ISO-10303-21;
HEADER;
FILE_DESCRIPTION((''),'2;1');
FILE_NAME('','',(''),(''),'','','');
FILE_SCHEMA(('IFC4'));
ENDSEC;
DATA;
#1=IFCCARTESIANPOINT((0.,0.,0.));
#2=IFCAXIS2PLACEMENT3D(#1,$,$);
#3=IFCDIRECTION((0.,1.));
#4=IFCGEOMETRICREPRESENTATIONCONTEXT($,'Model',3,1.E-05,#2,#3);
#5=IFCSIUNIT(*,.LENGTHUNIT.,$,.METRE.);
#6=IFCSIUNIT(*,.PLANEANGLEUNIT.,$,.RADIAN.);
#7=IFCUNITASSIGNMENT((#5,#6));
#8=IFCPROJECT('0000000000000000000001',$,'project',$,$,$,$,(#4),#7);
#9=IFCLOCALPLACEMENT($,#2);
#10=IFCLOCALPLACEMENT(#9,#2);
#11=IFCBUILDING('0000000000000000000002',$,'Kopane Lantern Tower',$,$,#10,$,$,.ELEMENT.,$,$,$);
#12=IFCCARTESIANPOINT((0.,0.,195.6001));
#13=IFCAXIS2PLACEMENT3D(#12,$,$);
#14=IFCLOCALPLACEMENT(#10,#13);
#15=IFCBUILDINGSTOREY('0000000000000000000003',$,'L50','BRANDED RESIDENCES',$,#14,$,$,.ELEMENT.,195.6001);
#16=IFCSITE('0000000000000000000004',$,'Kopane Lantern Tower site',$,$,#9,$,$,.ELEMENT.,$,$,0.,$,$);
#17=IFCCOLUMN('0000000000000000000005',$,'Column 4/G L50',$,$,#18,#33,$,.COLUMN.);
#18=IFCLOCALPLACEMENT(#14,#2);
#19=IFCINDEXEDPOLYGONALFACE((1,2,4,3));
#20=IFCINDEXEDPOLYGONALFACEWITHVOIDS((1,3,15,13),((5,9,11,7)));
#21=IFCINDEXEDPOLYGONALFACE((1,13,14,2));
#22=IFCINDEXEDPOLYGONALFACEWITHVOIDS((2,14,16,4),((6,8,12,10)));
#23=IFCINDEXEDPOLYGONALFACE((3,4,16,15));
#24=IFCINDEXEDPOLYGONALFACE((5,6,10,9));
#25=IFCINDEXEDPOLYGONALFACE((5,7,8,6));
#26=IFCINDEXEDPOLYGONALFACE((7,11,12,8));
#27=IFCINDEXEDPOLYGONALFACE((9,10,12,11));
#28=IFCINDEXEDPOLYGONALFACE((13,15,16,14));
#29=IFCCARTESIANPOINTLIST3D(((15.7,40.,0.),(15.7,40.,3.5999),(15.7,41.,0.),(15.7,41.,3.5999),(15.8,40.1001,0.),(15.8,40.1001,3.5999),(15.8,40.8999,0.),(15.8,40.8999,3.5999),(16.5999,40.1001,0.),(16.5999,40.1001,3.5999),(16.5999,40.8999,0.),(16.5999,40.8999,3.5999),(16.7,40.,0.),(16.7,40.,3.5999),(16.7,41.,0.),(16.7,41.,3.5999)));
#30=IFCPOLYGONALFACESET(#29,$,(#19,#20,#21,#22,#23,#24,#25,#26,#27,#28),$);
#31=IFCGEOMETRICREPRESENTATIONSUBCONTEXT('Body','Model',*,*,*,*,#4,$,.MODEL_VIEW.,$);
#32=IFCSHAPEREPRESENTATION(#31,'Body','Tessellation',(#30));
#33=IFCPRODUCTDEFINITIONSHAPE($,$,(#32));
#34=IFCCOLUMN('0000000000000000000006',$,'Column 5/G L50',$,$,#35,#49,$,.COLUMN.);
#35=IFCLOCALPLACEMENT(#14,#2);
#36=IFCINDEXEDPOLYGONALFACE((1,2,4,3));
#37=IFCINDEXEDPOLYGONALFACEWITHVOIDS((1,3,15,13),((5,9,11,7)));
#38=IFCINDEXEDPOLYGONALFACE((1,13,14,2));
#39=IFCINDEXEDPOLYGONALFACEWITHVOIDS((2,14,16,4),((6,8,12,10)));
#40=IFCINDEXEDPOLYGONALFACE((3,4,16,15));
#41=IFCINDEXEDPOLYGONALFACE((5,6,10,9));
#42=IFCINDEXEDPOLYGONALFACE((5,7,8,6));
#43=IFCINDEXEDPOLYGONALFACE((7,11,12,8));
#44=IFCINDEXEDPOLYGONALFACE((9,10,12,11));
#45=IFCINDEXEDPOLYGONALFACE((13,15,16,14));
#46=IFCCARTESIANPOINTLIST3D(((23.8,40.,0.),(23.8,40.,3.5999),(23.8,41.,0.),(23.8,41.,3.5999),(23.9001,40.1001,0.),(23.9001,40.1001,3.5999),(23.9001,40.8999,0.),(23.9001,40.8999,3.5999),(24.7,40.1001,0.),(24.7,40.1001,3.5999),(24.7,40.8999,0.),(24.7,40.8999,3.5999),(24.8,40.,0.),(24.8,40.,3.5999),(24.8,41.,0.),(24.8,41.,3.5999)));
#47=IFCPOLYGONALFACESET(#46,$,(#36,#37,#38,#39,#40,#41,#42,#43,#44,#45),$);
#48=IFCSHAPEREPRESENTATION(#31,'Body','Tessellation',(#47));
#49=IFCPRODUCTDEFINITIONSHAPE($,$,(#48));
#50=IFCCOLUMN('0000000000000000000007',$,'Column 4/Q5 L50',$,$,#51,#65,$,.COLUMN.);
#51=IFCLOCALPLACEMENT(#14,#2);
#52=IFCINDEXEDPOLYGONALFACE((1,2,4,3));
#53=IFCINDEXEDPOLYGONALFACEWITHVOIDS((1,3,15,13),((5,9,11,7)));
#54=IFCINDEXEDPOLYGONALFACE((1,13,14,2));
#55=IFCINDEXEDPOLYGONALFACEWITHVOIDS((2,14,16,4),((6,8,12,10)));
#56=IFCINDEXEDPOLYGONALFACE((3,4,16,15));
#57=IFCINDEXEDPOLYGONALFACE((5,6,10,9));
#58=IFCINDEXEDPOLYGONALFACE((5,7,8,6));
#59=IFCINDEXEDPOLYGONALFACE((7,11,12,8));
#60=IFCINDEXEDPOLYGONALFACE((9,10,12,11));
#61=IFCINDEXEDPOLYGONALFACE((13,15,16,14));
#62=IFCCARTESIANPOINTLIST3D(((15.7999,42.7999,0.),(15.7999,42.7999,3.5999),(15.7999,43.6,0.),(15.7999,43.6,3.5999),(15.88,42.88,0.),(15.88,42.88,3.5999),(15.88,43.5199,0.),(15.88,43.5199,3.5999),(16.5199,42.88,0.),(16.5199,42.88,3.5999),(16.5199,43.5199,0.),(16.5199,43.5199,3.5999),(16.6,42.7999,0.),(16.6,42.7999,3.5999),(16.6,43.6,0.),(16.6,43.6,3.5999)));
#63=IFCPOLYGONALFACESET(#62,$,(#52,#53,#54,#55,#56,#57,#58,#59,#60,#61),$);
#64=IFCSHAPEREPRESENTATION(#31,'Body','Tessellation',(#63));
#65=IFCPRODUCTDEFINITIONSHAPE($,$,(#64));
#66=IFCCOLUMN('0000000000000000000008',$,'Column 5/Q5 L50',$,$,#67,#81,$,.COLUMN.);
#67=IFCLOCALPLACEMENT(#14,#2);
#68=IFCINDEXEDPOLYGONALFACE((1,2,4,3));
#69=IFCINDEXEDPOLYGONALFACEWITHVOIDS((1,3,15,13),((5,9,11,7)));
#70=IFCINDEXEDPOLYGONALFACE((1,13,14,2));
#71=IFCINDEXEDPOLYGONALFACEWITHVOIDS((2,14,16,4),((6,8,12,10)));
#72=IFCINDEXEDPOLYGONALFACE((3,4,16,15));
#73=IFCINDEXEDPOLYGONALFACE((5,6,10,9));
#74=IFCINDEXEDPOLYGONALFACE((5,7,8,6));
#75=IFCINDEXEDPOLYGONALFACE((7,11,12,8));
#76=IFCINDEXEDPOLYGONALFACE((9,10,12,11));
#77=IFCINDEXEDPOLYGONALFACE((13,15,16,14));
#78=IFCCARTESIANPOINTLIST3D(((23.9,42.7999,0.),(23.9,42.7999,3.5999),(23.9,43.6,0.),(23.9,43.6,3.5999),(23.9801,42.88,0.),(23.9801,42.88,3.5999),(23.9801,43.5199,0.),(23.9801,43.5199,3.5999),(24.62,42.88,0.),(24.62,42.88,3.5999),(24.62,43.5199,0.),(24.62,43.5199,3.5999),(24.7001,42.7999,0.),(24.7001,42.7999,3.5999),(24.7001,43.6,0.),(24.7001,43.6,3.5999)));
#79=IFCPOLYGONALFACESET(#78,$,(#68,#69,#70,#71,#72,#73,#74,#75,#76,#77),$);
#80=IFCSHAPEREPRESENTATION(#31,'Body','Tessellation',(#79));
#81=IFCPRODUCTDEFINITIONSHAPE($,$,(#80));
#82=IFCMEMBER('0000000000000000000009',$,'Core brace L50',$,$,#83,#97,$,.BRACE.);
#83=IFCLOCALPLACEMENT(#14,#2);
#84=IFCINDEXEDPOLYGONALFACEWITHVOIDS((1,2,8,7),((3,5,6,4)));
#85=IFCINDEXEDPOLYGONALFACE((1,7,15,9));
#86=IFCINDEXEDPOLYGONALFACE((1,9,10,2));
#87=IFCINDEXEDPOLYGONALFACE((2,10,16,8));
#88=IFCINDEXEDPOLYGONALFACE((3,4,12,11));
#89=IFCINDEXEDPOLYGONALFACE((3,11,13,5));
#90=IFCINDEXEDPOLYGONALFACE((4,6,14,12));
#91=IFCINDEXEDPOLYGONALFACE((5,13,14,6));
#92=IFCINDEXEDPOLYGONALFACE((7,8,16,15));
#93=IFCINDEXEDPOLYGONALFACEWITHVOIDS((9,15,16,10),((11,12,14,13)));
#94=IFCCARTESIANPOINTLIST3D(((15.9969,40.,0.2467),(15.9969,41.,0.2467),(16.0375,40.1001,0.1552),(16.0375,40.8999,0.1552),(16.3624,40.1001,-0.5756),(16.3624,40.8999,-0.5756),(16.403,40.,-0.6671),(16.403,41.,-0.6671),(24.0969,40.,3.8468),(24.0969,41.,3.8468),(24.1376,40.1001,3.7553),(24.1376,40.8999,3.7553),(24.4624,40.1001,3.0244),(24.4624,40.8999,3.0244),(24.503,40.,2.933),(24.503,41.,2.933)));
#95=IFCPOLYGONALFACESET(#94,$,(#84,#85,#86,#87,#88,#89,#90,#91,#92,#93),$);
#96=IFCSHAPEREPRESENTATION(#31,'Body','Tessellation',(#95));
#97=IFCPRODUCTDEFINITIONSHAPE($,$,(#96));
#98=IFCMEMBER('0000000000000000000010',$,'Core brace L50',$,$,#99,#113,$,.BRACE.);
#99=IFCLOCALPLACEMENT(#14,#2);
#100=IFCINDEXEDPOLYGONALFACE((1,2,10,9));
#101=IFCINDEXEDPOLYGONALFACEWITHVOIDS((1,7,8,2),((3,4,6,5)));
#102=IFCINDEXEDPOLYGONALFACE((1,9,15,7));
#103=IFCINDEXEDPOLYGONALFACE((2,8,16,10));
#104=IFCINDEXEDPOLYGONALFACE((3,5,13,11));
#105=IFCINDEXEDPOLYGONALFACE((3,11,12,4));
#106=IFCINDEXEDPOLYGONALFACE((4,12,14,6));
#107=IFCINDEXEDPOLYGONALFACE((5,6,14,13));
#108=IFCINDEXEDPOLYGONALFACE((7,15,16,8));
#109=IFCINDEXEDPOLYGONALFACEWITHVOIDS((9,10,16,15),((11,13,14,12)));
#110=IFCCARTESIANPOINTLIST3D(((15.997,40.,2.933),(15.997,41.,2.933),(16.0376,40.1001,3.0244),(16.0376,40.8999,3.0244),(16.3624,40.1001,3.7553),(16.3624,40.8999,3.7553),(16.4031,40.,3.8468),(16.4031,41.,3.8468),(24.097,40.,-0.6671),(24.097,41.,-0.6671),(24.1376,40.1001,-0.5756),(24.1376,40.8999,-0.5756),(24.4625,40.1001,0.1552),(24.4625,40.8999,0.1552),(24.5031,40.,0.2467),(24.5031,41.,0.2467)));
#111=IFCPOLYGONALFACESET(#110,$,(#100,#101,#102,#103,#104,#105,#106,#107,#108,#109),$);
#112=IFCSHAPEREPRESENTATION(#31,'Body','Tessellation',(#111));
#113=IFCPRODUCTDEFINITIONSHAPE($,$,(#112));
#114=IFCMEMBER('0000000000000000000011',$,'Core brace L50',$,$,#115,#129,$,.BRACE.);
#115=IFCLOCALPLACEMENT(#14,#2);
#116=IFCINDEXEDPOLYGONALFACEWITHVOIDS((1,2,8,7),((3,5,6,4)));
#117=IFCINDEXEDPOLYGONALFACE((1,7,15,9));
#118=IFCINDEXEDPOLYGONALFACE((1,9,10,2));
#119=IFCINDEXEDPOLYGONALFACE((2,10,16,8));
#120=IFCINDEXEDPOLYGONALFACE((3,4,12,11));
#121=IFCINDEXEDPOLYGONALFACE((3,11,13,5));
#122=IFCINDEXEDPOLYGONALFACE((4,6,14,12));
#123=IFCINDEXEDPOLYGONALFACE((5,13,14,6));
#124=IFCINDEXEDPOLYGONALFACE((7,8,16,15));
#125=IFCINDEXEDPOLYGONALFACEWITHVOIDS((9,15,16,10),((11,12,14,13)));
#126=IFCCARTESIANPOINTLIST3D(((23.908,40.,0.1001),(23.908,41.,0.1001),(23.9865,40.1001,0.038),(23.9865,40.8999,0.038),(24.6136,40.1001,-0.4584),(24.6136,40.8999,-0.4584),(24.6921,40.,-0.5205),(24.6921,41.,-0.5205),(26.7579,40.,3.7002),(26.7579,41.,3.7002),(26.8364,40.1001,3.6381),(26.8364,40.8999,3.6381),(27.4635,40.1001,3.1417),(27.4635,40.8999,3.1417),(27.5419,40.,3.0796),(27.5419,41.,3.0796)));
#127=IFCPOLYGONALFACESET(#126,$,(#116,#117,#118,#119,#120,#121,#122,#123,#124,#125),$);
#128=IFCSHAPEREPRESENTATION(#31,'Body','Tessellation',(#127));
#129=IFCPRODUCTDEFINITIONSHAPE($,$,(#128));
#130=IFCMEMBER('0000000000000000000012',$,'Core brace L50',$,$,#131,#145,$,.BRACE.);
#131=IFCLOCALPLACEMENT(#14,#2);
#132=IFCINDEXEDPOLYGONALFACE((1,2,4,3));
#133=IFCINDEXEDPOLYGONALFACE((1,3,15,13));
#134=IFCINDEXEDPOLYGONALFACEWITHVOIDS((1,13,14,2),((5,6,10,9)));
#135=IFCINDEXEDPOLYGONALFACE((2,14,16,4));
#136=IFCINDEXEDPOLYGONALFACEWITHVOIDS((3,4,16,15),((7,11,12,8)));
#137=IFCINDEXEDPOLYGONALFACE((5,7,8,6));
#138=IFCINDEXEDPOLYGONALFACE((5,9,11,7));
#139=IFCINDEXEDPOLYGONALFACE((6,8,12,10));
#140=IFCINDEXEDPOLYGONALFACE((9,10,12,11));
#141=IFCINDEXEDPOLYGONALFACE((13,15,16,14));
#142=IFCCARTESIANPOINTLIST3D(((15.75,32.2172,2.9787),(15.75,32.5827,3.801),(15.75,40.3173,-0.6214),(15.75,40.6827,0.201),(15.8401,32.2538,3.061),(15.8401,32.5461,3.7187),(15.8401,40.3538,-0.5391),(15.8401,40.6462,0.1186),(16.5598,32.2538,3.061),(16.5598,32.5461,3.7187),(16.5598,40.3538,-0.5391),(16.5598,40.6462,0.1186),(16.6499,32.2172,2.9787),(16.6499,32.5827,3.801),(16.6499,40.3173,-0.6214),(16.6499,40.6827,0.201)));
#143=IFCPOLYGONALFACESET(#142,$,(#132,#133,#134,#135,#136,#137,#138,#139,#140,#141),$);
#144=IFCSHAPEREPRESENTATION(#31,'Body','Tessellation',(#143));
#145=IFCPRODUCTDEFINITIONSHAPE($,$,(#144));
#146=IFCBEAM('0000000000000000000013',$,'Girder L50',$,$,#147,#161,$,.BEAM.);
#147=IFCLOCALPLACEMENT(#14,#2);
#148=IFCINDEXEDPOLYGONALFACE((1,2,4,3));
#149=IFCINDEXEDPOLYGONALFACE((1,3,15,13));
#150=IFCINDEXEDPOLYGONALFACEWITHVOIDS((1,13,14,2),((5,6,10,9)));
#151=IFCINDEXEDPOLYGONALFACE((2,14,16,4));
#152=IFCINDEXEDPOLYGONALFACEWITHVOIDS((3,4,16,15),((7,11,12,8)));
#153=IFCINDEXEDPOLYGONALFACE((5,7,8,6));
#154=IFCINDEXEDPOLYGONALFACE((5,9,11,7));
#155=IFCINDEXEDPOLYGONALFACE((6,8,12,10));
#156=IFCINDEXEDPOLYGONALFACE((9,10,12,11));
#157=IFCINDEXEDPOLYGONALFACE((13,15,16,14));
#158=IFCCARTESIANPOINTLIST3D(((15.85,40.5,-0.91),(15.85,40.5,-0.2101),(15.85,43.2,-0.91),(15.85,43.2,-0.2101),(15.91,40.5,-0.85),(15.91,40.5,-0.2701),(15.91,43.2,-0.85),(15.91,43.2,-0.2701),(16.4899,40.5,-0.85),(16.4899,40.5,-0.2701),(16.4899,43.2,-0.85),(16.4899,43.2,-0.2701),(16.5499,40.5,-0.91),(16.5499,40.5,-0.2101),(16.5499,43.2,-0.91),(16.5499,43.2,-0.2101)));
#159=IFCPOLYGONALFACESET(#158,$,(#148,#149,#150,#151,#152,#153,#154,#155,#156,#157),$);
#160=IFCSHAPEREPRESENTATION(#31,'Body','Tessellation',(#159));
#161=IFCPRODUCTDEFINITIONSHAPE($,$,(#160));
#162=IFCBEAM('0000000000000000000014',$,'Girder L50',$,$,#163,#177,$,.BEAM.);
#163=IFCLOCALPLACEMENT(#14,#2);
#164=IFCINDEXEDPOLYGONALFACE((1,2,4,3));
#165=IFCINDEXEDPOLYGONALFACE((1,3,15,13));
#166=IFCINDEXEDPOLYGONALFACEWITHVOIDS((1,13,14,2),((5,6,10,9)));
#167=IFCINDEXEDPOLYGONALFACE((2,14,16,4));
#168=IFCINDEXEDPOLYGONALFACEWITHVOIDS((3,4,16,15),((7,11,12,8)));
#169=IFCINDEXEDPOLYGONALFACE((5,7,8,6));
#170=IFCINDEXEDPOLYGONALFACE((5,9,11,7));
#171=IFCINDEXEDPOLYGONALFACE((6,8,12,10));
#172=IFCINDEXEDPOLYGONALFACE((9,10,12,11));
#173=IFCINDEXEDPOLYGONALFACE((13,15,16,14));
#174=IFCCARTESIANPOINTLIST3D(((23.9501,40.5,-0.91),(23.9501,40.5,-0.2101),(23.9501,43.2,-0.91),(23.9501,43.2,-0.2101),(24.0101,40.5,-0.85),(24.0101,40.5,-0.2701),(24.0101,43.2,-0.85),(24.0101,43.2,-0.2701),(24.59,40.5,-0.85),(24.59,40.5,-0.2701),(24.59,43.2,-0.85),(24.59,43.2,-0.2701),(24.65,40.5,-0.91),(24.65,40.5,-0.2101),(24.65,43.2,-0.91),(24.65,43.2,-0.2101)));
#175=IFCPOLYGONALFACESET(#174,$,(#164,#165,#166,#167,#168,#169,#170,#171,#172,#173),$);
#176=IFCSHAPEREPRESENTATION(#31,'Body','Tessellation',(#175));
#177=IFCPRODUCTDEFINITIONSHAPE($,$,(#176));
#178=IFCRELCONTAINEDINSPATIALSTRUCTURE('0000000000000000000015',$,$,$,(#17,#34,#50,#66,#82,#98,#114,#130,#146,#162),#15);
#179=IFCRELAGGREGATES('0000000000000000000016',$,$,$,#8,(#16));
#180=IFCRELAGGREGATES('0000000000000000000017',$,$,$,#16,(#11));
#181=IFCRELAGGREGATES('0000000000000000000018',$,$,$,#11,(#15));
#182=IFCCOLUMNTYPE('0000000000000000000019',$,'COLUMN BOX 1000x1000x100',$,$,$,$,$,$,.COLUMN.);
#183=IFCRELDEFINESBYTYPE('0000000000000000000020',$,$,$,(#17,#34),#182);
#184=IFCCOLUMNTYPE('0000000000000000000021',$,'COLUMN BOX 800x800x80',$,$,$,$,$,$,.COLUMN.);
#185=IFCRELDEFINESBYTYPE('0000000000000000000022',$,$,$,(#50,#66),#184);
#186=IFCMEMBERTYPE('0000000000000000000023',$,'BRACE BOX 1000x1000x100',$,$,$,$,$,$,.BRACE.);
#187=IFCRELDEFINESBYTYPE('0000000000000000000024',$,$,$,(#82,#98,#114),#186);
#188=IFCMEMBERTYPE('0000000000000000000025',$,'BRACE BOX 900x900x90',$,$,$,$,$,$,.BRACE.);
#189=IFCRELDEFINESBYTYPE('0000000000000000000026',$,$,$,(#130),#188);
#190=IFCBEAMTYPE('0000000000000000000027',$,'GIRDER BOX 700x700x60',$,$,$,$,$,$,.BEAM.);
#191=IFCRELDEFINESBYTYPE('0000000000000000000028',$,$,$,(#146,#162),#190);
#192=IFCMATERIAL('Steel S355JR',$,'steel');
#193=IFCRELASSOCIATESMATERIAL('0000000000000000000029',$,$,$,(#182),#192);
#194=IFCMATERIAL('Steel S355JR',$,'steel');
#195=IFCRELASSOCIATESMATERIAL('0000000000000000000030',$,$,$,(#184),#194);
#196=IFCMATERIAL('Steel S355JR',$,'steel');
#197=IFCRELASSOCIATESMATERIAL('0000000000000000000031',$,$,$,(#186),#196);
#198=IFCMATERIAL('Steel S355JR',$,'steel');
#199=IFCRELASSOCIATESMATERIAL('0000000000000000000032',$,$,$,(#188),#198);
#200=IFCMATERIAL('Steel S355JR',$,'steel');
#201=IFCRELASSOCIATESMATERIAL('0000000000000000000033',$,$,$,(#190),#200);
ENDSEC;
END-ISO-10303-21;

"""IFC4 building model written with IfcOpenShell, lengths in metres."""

from ifc_helpers import new_model, si_unit, direction, frame, origin, origin_2d, place, context, subcontext, project, spatial, hollow_rectangle, extrude, material, material_profile, profile_set, type_object, element, save


model = new_model("IFC4")

# Units and contexts
model_context = context("Model", 3, precision=1e-05, world=origin(), true_north=direction((0.0, 1.0)))
body_context = subcontext(model_context, "Body", "Model", "MODEL_VIEW")
ifc_project = project(units=[si_unit("LENGTHUNIT", "METRE"), si_unit("PLANEANGLEUNIT", "RADIAN")], contexts=[model_context])

# Site, building, storey
site_placement = place(None, origin())
site = spatial("IfcSite", under=ifc_project, at=site_placement, Name="Kopane Lantern Tower site", CompositionType="ELEMENT", RefElevation=0.0)
building_placement = place(site_placement, origin())
building = spatial("IfcBuilding", under=site, at=building_placement, Name="Kopane Lantern Tower", CompositionType="ELEMENT")
storey_placement = place(building_placement, frame((0.0, 0.0, 195.6001)))
storey = spatial("IfcBuildingStorey", under=building, at=storey_placement, Name="L50", Description="BRANDED RESIDENCES", CompositionType="ELEMENT", Elevation=195.6001)

# Columns
ifc_material_1 = material(Name="Steel S355JR", Category="steel")
ifc_material_profile_1 = material_profile(ifc_material_1, hollow_rectangle(XDim=1.0, YDim=1.0, WallThickness=0.1001, at=origin_2d()), Name="BOX 1000x1000x100")
ifc_profile_set_1 = profile_set([ifc_material_profile_1], Name="Steel S355JR")
column_type_1 = type_object("IfcColumnType", Name="COLUMN BOX 1000x1000x100", PredefinedType="COLUMN", material=ifc_profile_set_1)
for number, where, z_axis, x_axis, name in (
    (1, (16.2, 40.5, 0.0), (0.0, 0.0, 1.0), (1.0, 0.0, 0.0), "Column 4/G L50"),
    (2, (24.3, 40.5, 0.0), (0.0, 0.0, 1.0), (1.0, 0.0, 0.0), "Column 5/G L50"),
):
    element("IfcColumn", number, at=place(storey_placement, frame(where, z_axis=z_axis, x_axis=x_axis)), inside=storey, type_object=column_type_1, Name=name, PredefinedType="COLUMN", context=body_context, shape_type="SweptSolid", body=[
        extrude(hollow_rectangle(XDim=1.0, YDim=1.0, WallThickness=0.1001, at=origin_2d()), origin(), (0.0, 0.0, 1.0), 3.5999),
    ])
ifc_material_2 = material(Name="Steel S355JR", Category="steel")
ifc_material_profile_2 = material_profile(ifc_material_2, hollow_rectangle(XDim=0.8, YDim=0.8, WallThickness=0.0801, at=origin_2d()), Name="BOX 800x800x80")
ifc_profile_set_2 = profile_set([ifc_material_profile_2], Name="Steel S355JR")
column_type_2 = type_object("IfcColumnType", Name="COLUMN BOX 800x800x80", PredefinedType="COLUMN", material=ifc_profile_set_2)
for number, where, z_axis, x_axis, name in (
    (3, (16.2, 43.2, 0.0), (0.0, 0.0, 1.0), (1.0, 0.0, 0.0), "Column 4/Q5 L50"),
    (4, (24.3, 43.2, 0.0), (0.0, 0.0, 1.0), (1.0, 0.0, 0.0), "Column 5/Q5 L50"),
):
    element("IfcColumn", number, at=place(storey_placement, frame(where, z_axis=z_axis, x_axis=x_axis)), inside=storey, type_object=column_type_2, Name=name, PredefinedType="COLUMN", context=body_context, shape_type="SweptSolid", body=[
        extrude(hollow_rectangle(XDim=0.8, YDim=0.8, WallThickness=0.0801, at=origin_2d()), origin(), (0.0, 0.0, 1.0), 3.5999),
    ])

# Members
ifc_material_3 = material(Name="Steel S355JR", Category="steel")
ifc_material_profile_3 = material_profile(ifc_material_3, hollow_rectangle(XDim=1.0, YDim=1.0, WallThickness=0.1001, at=origin_2d()), Name="BOX 1000x1000x100")
ifc_profile_set_3 = profile_set([ifc_material_profile_3], Name="Steel S355JR")
member_type_1 = type_object("IfcMemberType", Name="BRACE BOX 1000x1000x100", PredefinedType="BRACE", material=ifc_profile_set_3)
for number, where, z_axis, x_axis, name in (
    (5, (16.2, 40.5, -0.2102), (0.913809, 0.0, 0.406144), (0.0, 1.0, 0.0), "Core brace L50"),
    (6, (24.3, 40.5, -0.2102), (-0.913809, 0.0, 0.406144), (0.0, -1.0, 0.0), "Core brace L50"),
):
    element("IfcMember", number, at=place(storey_placement, frame(where, z_axis=z_axis, x_axis=x_axis)), inside=storey, type_object=member_type_1, Name=name, PredefinedType="BRACE", context=body_context, shape_type="SweptSolid", body=[
        extrude(hollow_rectangle(XDim=1.0, YDim=1.0, WallThickness=0.1001, at=origin_2d()), origin(), (0.0, 0.0, 1.0), 8.864),
    ])
member_1_placement = place(storey_placement, frame((24.3, 40.5, -0.2102), z_axis=(0.620673, 0.0, 0.78407), x_axis=(0.0, 1.0, 0.0)))
element("IfcMember", 7, at=member_1_placement, inside=storey, type_object=member_type_1, Name="Core brace L50", PredefinedType="BRACE", context=body_context, shape_type="SweptSolid", body=[
    extrude(hollow_rectangle(XDim=1.0, YDim=1.0, WallThickness=0.1001, at=origin_2d()), origin(), (0.0, 0.0, 1.0), 4.5916),
])
ifc_material_4 = material(Name="Steel S355JR", Category="steel")
ifc_material_profile_4 = material_profile(ifc_material_4, hollow_rectangle(XDim=0.8999, YDim=0.8999, WallThickness=0.0901, at=origin_2d()), Name="BOX 900x900x90")
ifc_profile_set_4 = profile_set([ifc_material_profile_4], Name="Steel S355JR")
member_type_2 = type_object("IfcMemberType", Name="BRACE BOX 900x900x90", PredefinedType="BRACE", material=ifc_profile_set_4)
member_2_placement = place(storey_placement, frame((16.2, 40.5, -0.2102), z_axis=(0.0, -0.913809, 0.406144), x_axis=(1.0, 0.0, 0.0)))
element("IfcMember", 8, at=member_2_placement, inside=storey, type_object=member_type_2, Name="Core brace L50", PredefinedType="BRACE", context=body_context, shape_type="SweptSolid", body=[
    extrude(hollow_rectangle(XDim=0.8999, YDim=0.8999, WallThickness=0.0901, at=origin_2d()), origin(), (0.0, 0.0, 1.0), 8.864),
])

# Beams
ifc_material_5 = material(Name="Steel S355JR", Category="steel")
ifc_material_profile_5 = material_profile(ifc_material_5, hollow_rectangle(XDim=0.7, YDim=0.7, WallThickness=0.0601, at=origin_2d()), Name="BOX 700x700x60")
ifc_profile_set_5 = profile_set([ifc_material_profile_5], Name="Steel S355JR")
beam_type_1 = type_object("IfcBeamType", Name="GIRDER BOX 700x700x60", PredefinedType="BEAM", material=ifc_profile_set_5)
for number, where, z_axis, x_axis, name in (
    (9, (16.2, 40.5, -0.5601), (0.0, 1.0, 0.0), (-1.0, 0.0, 0.0), "Girder L50"),
    (10, (24.3, 40.5, -0.5601), (0.0, 1.0, 0.0), (-1.0, 0.0, 0.0), "Girder L50"),
):
    element("IfcBeam", number, at=place(storey_placement, frame(where, z_axis=z_axis, x_axis=x_axis)), inside=storey, type_object=beam_type_1, Name=name, PredefinedType="BEAM", context=body_context, shape_type="SweptSolid", body=[
        extrude(hollow_rectangle(XDim=0.7, YDim=0.7, WallThickness=0.0601, at=origin_2d()), origin(), (0.0, 0.0, 1.0), 2.7),
    ])

save(model, "model.ifc")
